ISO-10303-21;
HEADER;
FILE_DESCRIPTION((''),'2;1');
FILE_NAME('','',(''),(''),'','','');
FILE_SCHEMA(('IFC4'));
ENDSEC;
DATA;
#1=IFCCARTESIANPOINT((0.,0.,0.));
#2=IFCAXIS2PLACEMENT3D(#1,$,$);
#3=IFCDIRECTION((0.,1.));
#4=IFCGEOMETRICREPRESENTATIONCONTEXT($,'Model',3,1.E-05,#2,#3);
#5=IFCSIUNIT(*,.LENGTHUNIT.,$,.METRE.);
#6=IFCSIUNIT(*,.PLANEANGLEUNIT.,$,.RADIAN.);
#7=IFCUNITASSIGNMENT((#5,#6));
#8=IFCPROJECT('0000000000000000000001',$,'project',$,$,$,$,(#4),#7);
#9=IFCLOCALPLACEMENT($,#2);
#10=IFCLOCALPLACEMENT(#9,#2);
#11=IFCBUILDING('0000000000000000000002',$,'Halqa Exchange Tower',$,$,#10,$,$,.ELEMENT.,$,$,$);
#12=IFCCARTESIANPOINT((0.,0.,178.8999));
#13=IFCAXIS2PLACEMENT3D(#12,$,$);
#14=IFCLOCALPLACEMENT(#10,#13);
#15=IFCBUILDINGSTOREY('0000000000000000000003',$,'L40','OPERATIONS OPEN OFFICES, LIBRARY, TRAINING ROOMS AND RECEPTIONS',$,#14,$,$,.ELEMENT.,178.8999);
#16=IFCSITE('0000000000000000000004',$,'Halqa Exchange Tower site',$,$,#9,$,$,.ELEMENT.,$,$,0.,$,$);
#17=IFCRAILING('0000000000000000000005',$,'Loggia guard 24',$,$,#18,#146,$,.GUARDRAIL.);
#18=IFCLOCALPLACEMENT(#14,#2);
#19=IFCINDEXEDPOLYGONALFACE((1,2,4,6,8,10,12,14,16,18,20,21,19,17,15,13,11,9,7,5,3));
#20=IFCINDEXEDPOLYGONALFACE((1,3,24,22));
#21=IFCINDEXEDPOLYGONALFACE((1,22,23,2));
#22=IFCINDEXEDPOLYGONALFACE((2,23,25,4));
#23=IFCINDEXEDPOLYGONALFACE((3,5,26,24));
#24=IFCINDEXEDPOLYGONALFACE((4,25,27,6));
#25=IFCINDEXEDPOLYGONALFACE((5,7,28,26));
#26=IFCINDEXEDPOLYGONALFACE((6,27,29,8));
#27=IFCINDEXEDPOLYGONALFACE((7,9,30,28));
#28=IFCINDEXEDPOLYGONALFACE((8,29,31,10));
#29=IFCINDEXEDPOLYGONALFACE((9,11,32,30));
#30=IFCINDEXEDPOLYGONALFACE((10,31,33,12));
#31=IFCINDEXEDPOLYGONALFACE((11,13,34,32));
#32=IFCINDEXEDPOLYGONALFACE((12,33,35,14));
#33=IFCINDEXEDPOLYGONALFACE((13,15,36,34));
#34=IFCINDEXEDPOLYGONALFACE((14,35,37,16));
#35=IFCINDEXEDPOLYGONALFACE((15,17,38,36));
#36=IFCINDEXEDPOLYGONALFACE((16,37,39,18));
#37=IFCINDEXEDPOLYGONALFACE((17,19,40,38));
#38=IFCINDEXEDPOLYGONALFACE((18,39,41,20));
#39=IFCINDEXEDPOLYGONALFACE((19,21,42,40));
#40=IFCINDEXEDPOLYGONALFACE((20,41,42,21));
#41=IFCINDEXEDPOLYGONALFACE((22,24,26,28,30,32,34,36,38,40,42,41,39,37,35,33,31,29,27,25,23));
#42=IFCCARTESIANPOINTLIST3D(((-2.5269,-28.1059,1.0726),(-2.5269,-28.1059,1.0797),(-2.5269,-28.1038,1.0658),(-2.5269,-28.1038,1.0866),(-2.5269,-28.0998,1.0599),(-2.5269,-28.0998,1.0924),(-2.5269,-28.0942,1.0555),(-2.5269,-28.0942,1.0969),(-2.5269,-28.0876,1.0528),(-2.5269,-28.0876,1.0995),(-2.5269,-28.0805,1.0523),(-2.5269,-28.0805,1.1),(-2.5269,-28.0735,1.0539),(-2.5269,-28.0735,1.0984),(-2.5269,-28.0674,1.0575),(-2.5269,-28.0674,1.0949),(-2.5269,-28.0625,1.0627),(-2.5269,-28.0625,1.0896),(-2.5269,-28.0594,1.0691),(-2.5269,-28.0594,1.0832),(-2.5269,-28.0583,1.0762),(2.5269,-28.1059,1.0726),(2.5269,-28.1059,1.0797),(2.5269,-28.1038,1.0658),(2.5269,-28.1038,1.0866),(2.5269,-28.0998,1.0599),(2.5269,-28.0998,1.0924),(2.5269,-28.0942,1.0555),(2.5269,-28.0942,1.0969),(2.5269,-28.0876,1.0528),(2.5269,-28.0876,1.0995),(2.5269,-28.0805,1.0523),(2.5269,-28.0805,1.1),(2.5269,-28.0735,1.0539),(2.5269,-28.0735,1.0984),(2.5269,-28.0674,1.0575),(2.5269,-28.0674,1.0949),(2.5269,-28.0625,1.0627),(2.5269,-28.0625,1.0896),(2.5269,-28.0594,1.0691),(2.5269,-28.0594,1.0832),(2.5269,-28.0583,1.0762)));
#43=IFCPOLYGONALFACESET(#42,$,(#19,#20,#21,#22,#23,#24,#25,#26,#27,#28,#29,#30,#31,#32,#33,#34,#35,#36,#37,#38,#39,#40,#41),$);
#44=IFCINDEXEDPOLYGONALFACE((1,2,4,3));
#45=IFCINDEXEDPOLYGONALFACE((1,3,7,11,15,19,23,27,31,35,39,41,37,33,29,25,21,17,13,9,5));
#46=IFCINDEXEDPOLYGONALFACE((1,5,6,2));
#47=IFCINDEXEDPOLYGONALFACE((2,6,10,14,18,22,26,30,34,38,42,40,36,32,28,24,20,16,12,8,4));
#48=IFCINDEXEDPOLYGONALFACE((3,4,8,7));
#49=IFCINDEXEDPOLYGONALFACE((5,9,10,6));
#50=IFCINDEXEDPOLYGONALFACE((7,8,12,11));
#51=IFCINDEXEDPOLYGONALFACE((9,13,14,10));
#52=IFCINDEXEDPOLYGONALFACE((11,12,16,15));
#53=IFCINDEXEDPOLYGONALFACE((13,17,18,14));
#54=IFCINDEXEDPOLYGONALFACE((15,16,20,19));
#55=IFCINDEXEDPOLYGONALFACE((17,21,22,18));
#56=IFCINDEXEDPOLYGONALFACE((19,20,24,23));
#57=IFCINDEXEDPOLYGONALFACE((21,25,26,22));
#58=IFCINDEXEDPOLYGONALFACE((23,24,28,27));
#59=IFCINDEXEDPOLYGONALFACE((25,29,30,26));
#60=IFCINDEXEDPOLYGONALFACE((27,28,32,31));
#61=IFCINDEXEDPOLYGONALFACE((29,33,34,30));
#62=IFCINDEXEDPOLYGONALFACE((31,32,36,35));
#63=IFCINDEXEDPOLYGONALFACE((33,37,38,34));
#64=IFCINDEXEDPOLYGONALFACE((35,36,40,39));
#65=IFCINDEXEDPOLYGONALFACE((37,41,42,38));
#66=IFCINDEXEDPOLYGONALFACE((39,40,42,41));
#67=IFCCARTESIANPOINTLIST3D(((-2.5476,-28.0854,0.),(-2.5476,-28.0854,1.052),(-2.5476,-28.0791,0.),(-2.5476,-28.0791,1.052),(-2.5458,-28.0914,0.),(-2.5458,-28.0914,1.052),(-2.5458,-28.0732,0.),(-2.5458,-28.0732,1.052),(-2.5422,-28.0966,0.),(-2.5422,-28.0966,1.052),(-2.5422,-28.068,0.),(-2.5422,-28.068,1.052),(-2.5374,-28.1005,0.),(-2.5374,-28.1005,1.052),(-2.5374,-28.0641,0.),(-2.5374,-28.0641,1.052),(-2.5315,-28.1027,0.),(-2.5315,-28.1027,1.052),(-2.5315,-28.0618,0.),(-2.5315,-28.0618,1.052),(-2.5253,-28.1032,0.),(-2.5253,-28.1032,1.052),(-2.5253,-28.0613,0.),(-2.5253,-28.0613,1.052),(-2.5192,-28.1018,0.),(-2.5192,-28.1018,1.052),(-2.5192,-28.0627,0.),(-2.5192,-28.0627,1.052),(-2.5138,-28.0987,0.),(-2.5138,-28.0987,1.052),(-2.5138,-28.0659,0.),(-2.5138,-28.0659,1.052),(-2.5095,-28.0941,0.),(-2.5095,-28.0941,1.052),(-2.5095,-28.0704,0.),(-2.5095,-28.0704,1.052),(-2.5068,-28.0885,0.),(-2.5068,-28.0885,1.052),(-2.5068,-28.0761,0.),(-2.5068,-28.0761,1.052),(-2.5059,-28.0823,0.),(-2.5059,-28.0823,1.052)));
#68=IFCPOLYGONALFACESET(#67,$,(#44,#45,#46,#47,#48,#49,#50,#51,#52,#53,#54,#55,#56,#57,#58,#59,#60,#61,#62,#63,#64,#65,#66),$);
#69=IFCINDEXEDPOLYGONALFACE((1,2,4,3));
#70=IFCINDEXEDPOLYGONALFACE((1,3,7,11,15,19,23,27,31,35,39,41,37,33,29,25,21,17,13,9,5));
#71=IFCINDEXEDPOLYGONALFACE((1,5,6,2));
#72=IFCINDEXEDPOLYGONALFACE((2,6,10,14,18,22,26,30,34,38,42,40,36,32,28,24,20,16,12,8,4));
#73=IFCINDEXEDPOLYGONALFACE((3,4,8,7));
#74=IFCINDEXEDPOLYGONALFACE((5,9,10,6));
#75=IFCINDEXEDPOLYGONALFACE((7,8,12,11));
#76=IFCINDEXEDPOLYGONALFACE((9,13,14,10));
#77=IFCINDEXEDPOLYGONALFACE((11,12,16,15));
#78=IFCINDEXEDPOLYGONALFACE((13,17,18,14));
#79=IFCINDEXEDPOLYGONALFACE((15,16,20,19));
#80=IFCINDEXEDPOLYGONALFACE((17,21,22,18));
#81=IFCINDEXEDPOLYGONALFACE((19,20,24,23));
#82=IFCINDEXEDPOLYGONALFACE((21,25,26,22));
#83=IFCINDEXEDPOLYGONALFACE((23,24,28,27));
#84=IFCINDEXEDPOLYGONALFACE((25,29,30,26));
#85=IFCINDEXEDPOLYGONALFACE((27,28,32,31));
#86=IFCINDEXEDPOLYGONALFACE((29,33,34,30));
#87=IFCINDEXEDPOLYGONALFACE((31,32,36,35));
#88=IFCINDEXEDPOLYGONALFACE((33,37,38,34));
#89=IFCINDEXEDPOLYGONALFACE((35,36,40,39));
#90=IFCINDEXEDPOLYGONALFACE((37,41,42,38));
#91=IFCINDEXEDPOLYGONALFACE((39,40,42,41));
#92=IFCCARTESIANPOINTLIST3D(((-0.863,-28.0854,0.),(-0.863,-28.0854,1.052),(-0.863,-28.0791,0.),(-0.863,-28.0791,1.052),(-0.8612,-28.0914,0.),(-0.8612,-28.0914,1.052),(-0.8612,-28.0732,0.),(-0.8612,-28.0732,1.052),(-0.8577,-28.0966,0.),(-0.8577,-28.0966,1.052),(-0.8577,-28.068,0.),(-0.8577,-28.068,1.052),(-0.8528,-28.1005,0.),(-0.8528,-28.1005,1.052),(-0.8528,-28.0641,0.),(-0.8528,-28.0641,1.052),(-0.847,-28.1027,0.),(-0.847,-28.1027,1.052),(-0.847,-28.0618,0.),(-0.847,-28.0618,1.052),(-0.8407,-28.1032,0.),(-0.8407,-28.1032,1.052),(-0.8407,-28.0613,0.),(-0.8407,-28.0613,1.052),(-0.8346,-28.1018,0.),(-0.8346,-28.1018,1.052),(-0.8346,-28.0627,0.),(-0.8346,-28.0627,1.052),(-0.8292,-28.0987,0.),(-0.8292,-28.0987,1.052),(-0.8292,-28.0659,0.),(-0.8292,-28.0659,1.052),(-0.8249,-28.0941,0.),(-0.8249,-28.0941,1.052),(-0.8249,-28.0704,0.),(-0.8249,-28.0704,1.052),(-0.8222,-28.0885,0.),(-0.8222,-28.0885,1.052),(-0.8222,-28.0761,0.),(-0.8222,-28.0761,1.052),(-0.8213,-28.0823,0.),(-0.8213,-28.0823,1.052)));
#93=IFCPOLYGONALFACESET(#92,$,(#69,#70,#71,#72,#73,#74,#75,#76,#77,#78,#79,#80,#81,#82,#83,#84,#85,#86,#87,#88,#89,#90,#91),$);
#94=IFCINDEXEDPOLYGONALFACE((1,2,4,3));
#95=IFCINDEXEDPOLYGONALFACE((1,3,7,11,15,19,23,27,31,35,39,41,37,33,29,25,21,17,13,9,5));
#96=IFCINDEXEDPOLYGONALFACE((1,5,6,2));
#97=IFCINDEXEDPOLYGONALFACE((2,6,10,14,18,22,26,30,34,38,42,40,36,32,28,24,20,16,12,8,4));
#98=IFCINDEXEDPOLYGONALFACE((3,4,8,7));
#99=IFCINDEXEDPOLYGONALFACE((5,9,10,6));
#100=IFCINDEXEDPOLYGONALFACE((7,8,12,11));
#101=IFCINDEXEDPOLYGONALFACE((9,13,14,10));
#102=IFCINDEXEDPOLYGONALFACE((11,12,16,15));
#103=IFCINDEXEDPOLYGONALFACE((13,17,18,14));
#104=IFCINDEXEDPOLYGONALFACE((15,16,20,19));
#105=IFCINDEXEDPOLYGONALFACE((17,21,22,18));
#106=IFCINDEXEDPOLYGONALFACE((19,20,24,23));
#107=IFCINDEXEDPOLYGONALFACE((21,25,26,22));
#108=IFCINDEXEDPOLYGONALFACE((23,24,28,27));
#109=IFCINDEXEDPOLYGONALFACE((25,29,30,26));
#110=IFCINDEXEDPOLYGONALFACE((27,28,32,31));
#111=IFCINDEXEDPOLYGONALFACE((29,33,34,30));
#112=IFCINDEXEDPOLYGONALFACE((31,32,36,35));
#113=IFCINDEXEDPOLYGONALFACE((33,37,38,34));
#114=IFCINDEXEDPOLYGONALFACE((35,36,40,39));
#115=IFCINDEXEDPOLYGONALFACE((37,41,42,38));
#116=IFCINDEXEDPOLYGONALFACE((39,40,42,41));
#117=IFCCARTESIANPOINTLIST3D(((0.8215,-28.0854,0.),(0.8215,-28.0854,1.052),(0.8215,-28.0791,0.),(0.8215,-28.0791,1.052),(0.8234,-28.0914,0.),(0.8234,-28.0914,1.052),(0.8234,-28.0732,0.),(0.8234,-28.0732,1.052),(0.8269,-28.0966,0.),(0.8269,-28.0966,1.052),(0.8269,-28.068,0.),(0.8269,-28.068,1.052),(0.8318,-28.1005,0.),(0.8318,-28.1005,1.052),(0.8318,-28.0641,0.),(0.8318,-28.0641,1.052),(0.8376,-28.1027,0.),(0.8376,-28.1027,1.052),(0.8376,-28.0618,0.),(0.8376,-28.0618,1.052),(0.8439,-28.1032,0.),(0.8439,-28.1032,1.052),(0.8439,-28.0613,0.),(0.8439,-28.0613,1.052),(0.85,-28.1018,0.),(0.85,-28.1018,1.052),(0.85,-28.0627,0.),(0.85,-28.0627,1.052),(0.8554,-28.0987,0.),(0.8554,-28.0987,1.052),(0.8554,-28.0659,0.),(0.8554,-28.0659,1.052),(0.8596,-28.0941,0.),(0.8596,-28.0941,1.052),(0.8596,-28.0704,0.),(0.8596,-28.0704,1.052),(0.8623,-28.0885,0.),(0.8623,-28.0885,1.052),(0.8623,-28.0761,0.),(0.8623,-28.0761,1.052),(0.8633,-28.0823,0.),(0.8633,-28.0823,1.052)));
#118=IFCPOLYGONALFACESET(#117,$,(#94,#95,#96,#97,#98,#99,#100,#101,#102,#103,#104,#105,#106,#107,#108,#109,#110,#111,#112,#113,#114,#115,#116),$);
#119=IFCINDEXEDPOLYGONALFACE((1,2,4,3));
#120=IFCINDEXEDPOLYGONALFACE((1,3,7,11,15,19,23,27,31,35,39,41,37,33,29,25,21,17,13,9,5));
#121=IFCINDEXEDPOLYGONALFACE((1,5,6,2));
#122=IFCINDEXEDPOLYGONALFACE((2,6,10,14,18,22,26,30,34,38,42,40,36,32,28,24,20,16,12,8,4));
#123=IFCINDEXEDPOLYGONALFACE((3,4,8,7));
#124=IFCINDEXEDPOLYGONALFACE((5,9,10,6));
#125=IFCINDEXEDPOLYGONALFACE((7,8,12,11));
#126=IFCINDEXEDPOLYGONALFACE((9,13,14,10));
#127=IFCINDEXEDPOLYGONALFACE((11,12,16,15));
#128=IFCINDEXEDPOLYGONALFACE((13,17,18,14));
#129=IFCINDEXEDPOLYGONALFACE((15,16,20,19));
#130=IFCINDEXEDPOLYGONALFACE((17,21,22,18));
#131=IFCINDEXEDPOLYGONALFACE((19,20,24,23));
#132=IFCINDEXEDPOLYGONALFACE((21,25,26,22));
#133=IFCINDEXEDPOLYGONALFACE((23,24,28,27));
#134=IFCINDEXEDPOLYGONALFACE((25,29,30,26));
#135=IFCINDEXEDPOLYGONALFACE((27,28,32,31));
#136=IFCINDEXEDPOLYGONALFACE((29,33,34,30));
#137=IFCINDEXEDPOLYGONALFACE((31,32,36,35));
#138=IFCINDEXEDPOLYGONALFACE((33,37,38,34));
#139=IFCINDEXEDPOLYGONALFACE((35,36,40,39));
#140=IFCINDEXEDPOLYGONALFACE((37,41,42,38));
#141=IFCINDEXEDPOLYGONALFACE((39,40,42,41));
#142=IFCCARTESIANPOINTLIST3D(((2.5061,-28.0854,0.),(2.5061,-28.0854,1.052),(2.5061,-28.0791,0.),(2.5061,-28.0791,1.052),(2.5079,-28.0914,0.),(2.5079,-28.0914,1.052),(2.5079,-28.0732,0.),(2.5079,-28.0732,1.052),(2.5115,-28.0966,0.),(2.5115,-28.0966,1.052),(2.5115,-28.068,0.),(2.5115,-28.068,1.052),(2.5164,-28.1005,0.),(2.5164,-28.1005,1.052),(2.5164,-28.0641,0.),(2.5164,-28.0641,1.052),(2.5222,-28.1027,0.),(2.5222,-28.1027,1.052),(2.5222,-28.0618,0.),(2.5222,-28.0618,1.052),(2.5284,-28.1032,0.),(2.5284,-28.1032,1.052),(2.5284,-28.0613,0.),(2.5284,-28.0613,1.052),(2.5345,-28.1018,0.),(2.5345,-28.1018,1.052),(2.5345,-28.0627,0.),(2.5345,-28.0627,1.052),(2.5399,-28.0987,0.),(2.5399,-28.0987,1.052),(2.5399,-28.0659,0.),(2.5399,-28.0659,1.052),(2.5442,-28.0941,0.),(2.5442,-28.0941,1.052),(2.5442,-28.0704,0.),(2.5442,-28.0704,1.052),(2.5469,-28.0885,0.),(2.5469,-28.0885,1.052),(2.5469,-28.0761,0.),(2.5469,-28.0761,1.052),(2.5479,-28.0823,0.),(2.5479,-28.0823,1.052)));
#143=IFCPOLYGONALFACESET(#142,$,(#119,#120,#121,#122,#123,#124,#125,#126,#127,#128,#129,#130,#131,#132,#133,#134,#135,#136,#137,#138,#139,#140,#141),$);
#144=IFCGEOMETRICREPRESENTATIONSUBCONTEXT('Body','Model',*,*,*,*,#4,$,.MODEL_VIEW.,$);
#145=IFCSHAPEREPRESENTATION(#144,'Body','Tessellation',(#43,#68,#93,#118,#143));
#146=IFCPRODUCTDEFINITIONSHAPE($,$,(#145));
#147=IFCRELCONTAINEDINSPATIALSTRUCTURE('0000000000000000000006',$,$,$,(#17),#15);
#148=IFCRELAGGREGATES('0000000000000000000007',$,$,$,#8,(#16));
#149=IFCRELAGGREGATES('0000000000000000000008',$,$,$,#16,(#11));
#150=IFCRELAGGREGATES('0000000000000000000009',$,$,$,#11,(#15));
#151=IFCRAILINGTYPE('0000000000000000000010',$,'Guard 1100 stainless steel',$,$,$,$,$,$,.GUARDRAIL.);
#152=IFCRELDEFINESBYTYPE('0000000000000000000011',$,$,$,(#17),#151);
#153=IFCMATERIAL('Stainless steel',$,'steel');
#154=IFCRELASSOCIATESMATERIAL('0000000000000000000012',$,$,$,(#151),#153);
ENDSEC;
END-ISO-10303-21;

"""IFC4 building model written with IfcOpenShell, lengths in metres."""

from ifc_helpers import new_model, si_unit, direction, frame, origin, origin_2d, place, context, subcontext, project, spatial, circle, extrude, material, type_object, element, save


model = new_model("IFC4")

# Units and contexts
model_context = context("Model", 3, precision=1e-05, world=origin(), true_north=direction((0.0, 1.0)))
body_context = subcontext(model_context, "Body", "Model", "MODEL_VIEW")
ifc_project = project(units=[si_unit("LENGTHUNIT", "METRE"), si_unit("PLANEANGLEUNIT", "RADIAN")], contexts=[model_context])

# Site, building, storey
site_placement = place(None, origin())
site = spatial("IfcSite", under=ifc_project, at=site_placement, Name="Halqa Exchange Tower site", CompositionType="ELEMENT", RefElevation=0.0)
building_placement = place(site_placement, origin())
building = spatial("IfcBuilding", under=site, at=building_placement, Name="Halqa Exchange Tower", CompositionType="ELEMENT")
storey_placement = place(building_placement, frame((0.0, 0.0, 178.8999)))
storey = spatial("IfcBuildingStorey", under=building, at=storey_placement, Name="L40", Description="OPERATIONS OPEN OFFICES, LIBRARY, TRAINING ROOMS AND RECEPTIONS", CompositionType="ELEMENT", Elevation=178.8999)

# Railing
ifc_material_1 = material(Name="Stainless steel", Category="steel")
railing_type = type_object("IfcRailingType", Name="Guard 1100 stainless steel", PredefinedType="GUARDRAIL", material=ifc_material_1)
railing_1_placement = place(storey_placement, frame((-2.5269, -28.0823, 0.0)))
element("IfcRailing", 1, at=railing_1_placement, inside=storey, type_object=railing_type, Name="Loggia guard 24", PredefinedType="GUARDRAIL", context=body_context, shape_type="SweptSolid", body=[
    extrude(circle(Radius=0.0239, at=origin_2d()), frame((0.0, 0.0, 1.0762), z_axis=(1.0, 0.0, 0.0), x_axis=(0.0, 1.0, 0.0)), (0.0, 0.0, 1.0), 5.0537),
    extrude(circle(Radius=0.021, at=origin_2d()), origin(), (0.0, 0.0, 1.0), 1.052),
    extrude(circle(Radius=0.021, at=origin_2d()), frame((1.6846, 0.0, 0.0)), (0.0, 0.0, 1.0), 1.052),
    extrude(circle(Radius=0.021, at=origin_2d()), frame((3.3691, 0.0, 0.0)), (0.0, 0.0, 1.0), 1.052),
    extrude(circle(Radius=0.021, at=origin_2d()), frame((5.0537, 0.0, 0.0)), (0.0, 0.0, 1.0), 1.052),
])

save(model, "model.ifc")
